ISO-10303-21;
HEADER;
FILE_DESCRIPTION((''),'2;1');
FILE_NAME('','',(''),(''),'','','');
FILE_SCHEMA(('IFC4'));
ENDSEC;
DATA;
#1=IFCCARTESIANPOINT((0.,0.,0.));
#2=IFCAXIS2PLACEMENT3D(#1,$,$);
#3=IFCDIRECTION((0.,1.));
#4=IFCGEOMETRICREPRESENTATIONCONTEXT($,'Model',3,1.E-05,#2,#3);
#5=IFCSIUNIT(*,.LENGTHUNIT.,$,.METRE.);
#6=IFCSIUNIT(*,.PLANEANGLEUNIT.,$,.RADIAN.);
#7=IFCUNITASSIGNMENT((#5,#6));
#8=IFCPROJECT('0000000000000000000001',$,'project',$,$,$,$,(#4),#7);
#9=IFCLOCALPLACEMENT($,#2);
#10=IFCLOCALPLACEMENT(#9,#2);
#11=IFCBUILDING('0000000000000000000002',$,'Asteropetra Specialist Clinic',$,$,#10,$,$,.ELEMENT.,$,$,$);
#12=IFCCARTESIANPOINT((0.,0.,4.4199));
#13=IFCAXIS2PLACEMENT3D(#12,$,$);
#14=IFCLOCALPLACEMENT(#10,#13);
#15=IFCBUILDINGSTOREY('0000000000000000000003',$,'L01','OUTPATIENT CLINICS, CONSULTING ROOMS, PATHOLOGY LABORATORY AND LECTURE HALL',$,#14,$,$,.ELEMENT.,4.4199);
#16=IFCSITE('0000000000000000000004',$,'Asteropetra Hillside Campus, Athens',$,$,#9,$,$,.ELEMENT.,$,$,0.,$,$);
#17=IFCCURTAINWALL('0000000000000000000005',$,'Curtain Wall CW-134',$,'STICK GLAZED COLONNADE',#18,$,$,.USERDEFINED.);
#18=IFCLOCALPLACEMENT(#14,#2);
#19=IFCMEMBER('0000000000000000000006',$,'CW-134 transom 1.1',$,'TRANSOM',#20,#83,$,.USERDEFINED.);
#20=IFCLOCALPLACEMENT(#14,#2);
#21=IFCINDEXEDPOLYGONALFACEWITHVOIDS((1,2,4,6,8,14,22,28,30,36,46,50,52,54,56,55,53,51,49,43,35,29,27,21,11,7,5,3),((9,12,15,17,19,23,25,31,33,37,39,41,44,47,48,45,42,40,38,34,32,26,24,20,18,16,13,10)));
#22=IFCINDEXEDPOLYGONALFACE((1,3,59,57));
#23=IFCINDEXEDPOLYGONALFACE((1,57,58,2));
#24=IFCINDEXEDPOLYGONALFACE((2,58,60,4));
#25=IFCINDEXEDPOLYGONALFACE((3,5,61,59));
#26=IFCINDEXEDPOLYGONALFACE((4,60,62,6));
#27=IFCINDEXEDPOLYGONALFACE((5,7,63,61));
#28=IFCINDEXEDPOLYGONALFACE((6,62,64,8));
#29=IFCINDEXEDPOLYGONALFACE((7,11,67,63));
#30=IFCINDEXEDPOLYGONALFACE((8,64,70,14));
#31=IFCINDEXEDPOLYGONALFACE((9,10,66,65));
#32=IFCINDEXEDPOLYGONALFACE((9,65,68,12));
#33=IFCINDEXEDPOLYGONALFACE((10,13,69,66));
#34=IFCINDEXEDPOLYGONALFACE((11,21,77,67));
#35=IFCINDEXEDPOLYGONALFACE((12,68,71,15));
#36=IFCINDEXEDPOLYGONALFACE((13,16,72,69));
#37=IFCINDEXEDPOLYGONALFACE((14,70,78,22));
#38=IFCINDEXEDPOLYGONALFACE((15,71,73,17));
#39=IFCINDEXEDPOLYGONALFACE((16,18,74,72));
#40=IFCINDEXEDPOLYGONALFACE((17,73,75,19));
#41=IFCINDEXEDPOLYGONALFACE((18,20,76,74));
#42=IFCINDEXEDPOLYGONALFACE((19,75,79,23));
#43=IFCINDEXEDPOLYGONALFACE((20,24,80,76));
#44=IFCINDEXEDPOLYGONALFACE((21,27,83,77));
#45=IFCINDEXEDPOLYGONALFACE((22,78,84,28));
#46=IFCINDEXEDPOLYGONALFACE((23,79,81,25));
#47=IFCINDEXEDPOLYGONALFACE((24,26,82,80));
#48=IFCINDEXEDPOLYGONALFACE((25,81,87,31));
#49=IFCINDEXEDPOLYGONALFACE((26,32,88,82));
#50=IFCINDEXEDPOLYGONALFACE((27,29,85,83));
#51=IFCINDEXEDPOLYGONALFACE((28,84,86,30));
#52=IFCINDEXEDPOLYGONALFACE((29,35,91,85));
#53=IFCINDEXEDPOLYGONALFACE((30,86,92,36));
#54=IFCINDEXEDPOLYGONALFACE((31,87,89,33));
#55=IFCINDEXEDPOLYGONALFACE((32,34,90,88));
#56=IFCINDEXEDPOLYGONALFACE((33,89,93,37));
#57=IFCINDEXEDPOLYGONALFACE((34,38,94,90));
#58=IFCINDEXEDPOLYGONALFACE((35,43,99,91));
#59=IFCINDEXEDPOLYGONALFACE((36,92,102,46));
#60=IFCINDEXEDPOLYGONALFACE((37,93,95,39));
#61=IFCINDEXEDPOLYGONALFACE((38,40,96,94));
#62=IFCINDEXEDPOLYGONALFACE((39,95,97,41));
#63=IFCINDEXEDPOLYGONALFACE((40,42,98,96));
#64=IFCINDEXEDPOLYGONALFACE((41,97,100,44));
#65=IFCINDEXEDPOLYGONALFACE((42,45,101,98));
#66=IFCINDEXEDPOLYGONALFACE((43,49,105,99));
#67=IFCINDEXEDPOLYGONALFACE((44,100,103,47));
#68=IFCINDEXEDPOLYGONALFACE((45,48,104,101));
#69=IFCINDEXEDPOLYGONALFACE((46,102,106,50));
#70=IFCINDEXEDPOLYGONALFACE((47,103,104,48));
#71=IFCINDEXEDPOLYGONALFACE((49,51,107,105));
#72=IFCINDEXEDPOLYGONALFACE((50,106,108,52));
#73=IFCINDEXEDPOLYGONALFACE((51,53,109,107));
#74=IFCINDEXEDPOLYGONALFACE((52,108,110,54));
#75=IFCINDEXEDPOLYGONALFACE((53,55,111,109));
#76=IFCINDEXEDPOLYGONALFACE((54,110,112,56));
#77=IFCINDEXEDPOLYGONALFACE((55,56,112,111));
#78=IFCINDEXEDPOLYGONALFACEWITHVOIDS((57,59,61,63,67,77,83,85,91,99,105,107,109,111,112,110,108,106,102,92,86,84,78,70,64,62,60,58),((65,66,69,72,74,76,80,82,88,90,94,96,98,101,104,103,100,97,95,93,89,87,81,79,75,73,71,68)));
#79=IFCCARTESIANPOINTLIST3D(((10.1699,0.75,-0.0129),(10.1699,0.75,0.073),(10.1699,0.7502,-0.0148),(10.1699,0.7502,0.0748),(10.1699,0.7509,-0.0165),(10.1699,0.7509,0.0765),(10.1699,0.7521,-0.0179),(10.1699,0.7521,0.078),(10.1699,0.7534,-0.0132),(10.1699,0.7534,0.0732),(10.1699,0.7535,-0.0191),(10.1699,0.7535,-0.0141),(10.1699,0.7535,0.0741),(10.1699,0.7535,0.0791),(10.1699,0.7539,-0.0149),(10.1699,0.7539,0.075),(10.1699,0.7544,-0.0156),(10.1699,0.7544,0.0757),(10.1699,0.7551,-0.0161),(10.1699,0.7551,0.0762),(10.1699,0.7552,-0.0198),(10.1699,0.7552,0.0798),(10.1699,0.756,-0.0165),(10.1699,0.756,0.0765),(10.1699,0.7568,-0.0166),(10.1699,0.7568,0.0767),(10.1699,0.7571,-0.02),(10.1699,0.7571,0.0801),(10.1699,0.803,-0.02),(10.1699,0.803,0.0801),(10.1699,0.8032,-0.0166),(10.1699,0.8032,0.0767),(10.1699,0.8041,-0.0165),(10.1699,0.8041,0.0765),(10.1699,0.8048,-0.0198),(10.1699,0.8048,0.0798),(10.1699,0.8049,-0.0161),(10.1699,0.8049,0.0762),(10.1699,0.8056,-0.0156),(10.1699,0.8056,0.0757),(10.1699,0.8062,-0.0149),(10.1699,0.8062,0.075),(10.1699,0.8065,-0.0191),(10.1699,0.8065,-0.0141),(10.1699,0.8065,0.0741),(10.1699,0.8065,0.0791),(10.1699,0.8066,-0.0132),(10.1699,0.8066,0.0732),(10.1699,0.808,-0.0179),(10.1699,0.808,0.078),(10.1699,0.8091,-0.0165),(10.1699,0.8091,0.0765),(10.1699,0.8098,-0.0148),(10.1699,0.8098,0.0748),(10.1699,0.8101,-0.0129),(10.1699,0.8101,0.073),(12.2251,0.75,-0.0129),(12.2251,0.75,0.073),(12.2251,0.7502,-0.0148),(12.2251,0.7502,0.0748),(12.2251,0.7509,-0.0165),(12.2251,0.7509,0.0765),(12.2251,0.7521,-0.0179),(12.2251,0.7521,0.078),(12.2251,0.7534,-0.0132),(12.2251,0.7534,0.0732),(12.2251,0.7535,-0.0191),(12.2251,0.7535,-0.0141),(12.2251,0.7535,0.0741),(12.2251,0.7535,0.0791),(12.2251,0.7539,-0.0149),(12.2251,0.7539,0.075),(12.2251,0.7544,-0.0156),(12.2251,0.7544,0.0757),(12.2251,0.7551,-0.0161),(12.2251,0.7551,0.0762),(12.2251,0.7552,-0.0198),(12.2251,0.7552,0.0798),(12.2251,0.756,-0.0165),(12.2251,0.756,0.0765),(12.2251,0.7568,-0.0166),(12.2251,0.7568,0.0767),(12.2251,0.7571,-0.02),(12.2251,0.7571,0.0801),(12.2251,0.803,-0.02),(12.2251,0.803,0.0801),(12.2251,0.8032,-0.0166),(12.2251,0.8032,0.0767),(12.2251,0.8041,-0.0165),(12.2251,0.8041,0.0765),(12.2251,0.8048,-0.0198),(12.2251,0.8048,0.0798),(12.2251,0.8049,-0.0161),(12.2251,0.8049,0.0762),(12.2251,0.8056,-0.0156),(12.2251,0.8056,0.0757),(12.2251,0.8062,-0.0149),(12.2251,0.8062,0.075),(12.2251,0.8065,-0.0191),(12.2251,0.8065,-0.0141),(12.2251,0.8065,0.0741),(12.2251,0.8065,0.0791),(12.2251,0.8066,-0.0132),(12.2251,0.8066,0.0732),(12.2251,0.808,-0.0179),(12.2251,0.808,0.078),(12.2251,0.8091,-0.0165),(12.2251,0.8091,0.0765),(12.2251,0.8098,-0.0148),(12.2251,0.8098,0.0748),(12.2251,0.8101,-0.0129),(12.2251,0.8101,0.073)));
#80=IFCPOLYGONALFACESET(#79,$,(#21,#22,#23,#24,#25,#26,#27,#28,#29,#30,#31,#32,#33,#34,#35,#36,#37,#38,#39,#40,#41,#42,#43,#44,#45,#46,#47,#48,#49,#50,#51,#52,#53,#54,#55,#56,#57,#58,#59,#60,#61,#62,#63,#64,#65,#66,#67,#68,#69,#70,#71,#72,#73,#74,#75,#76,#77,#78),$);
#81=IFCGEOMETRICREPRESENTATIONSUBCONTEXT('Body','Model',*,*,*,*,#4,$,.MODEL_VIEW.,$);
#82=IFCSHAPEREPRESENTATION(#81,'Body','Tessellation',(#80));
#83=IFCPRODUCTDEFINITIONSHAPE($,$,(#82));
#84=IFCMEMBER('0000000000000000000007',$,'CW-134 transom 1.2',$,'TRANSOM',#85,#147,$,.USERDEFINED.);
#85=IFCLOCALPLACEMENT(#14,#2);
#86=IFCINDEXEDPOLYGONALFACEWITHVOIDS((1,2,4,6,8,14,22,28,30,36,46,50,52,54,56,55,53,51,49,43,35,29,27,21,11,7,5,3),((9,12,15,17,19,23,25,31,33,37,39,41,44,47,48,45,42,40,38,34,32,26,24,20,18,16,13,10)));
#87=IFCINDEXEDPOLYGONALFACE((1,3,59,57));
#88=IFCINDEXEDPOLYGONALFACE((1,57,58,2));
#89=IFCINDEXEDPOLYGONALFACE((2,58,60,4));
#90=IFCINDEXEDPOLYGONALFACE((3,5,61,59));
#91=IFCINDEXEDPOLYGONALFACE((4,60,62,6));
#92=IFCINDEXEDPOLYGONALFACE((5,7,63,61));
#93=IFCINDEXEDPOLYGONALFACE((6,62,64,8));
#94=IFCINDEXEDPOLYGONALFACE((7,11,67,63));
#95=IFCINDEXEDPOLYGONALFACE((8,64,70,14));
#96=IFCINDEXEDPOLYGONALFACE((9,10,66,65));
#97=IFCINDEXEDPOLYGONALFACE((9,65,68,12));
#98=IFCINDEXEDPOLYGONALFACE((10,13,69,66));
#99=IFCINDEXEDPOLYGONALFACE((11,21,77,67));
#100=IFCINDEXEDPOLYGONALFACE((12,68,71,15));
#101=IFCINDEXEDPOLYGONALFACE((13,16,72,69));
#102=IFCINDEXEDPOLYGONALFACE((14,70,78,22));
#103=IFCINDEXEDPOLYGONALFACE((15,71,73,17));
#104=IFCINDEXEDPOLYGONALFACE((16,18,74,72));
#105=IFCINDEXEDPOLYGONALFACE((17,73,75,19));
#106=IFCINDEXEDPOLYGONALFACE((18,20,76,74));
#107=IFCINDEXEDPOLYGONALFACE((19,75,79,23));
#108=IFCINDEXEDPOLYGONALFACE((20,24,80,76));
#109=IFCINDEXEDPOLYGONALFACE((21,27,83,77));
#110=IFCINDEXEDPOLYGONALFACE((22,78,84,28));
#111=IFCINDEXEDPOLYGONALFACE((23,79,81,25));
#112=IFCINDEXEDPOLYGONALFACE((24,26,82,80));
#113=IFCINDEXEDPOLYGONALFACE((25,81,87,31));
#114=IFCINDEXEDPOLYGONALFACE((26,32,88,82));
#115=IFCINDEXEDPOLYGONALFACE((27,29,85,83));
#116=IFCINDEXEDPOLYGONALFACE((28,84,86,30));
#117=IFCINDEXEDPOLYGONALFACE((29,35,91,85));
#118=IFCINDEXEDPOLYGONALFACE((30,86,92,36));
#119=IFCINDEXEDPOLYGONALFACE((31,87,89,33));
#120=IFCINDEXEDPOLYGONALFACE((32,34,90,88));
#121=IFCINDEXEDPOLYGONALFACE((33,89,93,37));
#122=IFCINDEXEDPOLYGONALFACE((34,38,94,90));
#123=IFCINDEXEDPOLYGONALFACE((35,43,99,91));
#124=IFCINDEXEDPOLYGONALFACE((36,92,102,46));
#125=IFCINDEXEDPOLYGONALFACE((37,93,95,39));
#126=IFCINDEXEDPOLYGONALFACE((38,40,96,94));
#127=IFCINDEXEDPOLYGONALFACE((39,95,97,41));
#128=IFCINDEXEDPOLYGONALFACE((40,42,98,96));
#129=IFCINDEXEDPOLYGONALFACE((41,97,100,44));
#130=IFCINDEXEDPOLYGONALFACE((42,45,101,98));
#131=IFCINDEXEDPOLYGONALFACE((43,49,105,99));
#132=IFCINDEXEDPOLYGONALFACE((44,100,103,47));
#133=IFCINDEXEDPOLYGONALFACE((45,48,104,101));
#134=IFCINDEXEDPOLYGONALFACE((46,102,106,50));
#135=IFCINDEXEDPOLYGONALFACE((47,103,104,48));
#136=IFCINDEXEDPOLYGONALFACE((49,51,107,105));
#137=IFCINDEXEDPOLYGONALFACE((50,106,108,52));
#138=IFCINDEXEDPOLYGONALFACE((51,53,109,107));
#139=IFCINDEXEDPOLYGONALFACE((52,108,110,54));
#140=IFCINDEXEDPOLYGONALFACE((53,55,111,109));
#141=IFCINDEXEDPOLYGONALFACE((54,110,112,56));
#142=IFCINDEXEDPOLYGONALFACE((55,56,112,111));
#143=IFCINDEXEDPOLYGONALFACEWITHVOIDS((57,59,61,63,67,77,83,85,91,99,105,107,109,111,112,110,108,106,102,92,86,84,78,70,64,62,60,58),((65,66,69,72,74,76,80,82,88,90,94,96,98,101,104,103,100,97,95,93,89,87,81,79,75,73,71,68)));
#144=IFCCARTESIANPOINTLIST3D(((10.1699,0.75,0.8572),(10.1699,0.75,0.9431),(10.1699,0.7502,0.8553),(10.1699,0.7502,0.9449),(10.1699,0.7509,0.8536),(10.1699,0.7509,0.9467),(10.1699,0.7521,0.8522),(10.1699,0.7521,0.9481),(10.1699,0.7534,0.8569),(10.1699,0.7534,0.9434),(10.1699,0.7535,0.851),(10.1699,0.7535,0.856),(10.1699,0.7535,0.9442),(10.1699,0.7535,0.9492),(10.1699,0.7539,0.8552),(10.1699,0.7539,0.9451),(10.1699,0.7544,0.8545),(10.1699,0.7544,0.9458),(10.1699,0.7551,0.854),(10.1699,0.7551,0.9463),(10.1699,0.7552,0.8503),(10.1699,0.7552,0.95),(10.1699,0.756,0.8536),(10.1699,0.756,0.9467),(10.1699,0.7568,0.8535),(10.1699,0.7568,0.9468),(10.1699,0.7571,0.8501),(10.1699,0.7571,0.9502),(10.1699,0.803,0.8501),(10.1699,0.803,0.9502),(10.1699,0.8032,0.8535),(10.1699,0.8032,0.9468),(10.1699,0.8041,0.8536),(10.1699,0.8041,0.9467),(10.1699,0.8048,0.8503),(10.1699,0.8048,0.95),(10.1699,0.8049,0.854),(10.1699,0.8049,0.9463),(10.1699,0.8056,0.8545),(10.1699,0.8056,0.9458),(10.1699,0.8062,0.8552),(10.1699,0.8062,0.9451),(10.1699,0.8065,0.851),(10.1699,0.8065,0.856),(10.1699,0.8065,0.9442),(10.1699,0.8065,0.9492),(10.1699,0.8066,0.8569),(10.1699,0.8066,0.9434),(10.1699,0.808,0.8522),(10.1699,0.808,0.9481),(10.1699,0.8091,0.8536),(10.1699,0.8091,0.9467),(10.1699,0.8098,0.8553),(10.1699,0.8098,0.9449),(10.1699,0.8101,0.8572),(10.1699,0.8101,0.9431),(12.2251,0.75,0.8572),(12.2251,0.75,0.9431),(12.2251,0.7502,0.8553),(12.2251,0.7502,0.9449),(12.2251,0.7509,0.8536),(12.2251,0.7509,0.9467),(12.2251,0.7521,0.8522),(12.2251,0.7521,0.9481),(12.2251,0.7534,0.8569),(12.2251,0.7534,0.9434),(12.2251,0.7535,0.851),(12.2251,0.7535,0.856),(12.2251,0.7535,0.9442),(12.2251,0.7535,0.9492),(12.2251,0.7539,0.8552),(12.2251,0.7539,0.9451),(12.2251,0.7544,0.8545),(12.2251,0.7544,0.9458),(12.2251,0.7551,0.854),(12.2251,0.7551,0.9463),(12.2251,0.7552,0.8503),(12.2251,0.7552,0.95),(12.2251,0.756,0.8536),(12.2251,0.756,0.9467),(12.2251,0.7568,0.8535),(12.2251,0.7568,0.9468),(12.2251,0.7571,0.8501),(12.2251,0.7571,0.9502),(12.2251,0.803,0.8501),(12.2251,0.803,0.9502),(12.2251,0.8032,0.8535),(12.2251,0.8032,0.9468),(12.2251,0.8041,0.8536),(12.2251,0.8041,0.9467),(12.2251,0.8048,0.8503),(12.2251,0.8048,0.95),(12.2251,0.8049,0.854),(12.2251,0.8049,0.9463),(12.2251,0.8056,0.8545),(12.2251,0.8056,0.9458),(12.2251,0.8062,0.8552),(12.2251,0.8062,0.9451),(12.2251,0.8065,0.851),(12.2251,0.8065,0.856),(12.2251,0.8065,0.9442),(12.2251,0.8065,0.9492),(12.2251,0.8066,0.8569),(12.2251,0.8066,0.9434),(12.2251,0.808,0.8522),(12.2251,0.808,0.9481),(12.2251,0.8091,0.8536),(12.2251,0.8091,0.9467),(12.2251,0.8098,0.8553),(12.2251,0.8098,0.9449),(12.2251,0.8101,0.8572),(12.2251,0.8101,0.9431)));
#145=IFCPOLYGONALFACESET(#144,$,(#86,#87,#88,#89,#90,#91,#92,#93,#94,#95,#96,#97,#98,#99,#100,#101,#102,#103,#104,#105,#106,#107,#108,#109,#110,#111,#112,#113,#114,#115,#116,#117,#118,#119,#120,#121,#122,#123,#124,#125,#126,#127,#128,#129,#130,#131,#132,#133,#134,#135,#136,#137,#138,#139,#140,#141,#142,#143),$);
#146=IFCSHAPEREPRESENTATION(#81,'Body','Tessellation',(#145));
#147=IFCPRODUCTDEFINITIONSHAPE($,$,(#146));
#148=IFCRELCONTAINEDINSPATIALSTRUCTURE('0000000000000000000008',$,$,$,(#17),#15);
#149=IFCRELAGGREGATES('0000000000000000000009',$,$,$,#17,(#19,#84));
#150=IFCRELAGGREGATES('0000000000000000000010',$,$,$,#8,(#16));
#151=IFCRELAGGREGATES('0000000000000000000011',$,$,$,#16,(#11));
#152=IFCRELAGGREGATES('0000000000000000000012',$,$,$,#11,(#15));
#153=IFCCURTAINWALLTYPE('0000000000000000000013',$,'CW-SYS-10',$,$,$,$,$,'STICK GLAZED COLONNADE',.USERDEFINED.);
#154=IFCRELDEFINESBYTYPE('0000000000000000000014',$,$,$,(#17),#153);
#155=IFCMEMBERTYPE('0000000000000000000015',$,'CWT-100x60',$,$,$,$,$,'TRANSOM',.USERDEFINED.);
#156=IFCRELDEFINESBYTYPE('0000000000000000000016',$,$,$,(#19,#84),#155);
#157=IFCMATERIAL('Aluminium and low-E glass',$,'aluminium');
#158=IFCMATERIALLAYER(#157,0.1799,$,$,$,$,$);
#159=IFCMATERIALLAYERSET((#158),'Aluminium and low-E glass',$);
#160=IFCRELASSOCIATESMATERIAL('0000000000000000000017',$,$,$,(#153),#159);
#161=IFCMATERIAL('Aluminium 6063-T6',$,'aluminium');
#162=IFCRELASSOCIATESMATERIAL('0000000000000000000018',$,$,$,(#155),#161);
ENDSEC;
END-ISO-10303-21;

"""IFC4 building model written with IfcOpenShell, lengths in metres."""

from ifc_helpers import new_model, si_unit, direction, frame, origin, origin_2d, place, context, subcontext, project, spatial, hollow_rectangle, extrude, material, layer, layer_set, material_profile, profile_set, type_object, element, aggregate, save


model = new_model("IFC4")

# Units and contexts
model_context = context("Model", 3, precision=1e-05, world=origin(), true_north=direction((0.0, 1.0)))
body_context = subcontext(model_context, "Body", "Model", "MODEL_VIEW")
ifc_project = project(units=[si_unit("LENGTHUNIT", "METRE"), si_unit("PLANEANGLEUNIT", "RADIAN")], contexts=[model_context])

# Site, building, storey
site_placement = place(None, origin())
site = spatial("IfcSite", under=ifc_project, at=site_placement, Name="Asteropetra Hillside Campus, Athens", CompositionType="ELEMENT", RefElevation=0.0)
building_placement = place(site_placement, origin())
building = spatial("IfcBuilding", under=site, at=building_placement, Name="Asteropetra Specialist Clinic", CompositionType="ELEMENT")
storey_placement = place(building_placement, frame((0.0, 0.0, 4.4199)))
storey = spatial("IfcBuildingStorey", under=building, at=storey_placement, Name="L01", Description="OUTPATIENT CLINICS, CONSULTING ROOMS, PATHOLOGY LABORATORY AND LECTURE HALL", CompositionType="ELEMENT", Elevation=4.4199)

# Curtain wall
ifc_material_1 = material(Name="Aluminium and low-E glass", Category="aluminium")
ifc_layer_1 = layer(ifc_material_1, 0.1799)
ifc_layer_set_1 = layer_set([ifc_layer_1], Name="Aluminium and low-E glass")
curtain_wall_type_1 = type_object("IfcCurtainWallType", Name="CW-SYS-10", ElementType="STICK GLAZED COLONNADE", PredefinedType="USERDEFINED", material=ifc_layer_set_1)
curtain_wall_1_placement = place(storey_placement, origin())
curtain_wall_1 = element("IfcCurtainWall", 1, at=curtain_wall_1_placement, inside=storey, type_object=curtain_wall_type_1, Name="Curtain Wall CW-134", ObjectType="STICK GLAZED COLONNADE", PredefinedType="USERDEFINED")

# Members
ifc_material_2 = material(Name="Aluminium 6063-T6", Category="aluminium")
ifc_material_profile_1 = material_profile(ifc_material_2, hollow_rectangle(XDim=0.0601, YDim=0.1001, WallThickness=0.0034, InnerFilletRadius=0.0034, OuterFilletRadius=0.0071, at=origin_2d()), Name="TRN 100x60x3.5")
ifc_profile_set_1 = profile_set([ifc_material_profile_1], Name="Aluminium 6063-T6")
member_type_1 = type_object("IfcMemberType", Name="CWT-100x60", ElementType="TRANSOM", PredefinedType="USERDEFINED", material=ifc_profile_set_1)
member_1_placement = place(storey_placement, frame((10.1699, 0.78, 0.03), z_axis=(1.0, 0.0, 0.0), x_axis=(0.0, 1.0, 0.0)))
member_1 = element("IfcMember", 2, at=member_1_placement, type_object=member_type_1, Name="CW-134 transom 1.1", ObjectType="TRANSOM", PredefinedType="USERDEFINED", context=body_context, shape_type="SweptSolid", body=[
    extrude(hollow_rectangle(XDim=0.0601, YDim=0.1001, WallThickness=0.0034, InnerFilletRadius=0.0034, OuterFilletRadius=0.0071, at=origin_2d()), origin(), (0.0, 0.0, 1.0), 2.0552),
])
member_2_placement = place(storey_placement, frame((10.1699, 0.78, 0.9001), z_axis=(1.0, 0.0, 0.0), x_axis=(0.0, 1.0, 0.0)))
member_2 = element("IfcMember", 3, at=member_2_placement, type_object=member_type_1, Name="CW-134 transom 1.2", ObjectType="TRANSOM", PredefinedType="USERDEFINED", context=body_context, shape_type="SweptSolid", body=[
    extrude(hollow_rectangle(XDim=0.0601, YDim=0.1001, WallThickness=0.0034, InnerFilletRadius=0.0034, OuterFilletRadius=0.0071, at=origin_2d()), origin(), (0.0, 0.0, 1.0), 2.0552),
])

aggregate(curtain_wall_1, [member_1, member_2])

save(model, "model.ifc")
